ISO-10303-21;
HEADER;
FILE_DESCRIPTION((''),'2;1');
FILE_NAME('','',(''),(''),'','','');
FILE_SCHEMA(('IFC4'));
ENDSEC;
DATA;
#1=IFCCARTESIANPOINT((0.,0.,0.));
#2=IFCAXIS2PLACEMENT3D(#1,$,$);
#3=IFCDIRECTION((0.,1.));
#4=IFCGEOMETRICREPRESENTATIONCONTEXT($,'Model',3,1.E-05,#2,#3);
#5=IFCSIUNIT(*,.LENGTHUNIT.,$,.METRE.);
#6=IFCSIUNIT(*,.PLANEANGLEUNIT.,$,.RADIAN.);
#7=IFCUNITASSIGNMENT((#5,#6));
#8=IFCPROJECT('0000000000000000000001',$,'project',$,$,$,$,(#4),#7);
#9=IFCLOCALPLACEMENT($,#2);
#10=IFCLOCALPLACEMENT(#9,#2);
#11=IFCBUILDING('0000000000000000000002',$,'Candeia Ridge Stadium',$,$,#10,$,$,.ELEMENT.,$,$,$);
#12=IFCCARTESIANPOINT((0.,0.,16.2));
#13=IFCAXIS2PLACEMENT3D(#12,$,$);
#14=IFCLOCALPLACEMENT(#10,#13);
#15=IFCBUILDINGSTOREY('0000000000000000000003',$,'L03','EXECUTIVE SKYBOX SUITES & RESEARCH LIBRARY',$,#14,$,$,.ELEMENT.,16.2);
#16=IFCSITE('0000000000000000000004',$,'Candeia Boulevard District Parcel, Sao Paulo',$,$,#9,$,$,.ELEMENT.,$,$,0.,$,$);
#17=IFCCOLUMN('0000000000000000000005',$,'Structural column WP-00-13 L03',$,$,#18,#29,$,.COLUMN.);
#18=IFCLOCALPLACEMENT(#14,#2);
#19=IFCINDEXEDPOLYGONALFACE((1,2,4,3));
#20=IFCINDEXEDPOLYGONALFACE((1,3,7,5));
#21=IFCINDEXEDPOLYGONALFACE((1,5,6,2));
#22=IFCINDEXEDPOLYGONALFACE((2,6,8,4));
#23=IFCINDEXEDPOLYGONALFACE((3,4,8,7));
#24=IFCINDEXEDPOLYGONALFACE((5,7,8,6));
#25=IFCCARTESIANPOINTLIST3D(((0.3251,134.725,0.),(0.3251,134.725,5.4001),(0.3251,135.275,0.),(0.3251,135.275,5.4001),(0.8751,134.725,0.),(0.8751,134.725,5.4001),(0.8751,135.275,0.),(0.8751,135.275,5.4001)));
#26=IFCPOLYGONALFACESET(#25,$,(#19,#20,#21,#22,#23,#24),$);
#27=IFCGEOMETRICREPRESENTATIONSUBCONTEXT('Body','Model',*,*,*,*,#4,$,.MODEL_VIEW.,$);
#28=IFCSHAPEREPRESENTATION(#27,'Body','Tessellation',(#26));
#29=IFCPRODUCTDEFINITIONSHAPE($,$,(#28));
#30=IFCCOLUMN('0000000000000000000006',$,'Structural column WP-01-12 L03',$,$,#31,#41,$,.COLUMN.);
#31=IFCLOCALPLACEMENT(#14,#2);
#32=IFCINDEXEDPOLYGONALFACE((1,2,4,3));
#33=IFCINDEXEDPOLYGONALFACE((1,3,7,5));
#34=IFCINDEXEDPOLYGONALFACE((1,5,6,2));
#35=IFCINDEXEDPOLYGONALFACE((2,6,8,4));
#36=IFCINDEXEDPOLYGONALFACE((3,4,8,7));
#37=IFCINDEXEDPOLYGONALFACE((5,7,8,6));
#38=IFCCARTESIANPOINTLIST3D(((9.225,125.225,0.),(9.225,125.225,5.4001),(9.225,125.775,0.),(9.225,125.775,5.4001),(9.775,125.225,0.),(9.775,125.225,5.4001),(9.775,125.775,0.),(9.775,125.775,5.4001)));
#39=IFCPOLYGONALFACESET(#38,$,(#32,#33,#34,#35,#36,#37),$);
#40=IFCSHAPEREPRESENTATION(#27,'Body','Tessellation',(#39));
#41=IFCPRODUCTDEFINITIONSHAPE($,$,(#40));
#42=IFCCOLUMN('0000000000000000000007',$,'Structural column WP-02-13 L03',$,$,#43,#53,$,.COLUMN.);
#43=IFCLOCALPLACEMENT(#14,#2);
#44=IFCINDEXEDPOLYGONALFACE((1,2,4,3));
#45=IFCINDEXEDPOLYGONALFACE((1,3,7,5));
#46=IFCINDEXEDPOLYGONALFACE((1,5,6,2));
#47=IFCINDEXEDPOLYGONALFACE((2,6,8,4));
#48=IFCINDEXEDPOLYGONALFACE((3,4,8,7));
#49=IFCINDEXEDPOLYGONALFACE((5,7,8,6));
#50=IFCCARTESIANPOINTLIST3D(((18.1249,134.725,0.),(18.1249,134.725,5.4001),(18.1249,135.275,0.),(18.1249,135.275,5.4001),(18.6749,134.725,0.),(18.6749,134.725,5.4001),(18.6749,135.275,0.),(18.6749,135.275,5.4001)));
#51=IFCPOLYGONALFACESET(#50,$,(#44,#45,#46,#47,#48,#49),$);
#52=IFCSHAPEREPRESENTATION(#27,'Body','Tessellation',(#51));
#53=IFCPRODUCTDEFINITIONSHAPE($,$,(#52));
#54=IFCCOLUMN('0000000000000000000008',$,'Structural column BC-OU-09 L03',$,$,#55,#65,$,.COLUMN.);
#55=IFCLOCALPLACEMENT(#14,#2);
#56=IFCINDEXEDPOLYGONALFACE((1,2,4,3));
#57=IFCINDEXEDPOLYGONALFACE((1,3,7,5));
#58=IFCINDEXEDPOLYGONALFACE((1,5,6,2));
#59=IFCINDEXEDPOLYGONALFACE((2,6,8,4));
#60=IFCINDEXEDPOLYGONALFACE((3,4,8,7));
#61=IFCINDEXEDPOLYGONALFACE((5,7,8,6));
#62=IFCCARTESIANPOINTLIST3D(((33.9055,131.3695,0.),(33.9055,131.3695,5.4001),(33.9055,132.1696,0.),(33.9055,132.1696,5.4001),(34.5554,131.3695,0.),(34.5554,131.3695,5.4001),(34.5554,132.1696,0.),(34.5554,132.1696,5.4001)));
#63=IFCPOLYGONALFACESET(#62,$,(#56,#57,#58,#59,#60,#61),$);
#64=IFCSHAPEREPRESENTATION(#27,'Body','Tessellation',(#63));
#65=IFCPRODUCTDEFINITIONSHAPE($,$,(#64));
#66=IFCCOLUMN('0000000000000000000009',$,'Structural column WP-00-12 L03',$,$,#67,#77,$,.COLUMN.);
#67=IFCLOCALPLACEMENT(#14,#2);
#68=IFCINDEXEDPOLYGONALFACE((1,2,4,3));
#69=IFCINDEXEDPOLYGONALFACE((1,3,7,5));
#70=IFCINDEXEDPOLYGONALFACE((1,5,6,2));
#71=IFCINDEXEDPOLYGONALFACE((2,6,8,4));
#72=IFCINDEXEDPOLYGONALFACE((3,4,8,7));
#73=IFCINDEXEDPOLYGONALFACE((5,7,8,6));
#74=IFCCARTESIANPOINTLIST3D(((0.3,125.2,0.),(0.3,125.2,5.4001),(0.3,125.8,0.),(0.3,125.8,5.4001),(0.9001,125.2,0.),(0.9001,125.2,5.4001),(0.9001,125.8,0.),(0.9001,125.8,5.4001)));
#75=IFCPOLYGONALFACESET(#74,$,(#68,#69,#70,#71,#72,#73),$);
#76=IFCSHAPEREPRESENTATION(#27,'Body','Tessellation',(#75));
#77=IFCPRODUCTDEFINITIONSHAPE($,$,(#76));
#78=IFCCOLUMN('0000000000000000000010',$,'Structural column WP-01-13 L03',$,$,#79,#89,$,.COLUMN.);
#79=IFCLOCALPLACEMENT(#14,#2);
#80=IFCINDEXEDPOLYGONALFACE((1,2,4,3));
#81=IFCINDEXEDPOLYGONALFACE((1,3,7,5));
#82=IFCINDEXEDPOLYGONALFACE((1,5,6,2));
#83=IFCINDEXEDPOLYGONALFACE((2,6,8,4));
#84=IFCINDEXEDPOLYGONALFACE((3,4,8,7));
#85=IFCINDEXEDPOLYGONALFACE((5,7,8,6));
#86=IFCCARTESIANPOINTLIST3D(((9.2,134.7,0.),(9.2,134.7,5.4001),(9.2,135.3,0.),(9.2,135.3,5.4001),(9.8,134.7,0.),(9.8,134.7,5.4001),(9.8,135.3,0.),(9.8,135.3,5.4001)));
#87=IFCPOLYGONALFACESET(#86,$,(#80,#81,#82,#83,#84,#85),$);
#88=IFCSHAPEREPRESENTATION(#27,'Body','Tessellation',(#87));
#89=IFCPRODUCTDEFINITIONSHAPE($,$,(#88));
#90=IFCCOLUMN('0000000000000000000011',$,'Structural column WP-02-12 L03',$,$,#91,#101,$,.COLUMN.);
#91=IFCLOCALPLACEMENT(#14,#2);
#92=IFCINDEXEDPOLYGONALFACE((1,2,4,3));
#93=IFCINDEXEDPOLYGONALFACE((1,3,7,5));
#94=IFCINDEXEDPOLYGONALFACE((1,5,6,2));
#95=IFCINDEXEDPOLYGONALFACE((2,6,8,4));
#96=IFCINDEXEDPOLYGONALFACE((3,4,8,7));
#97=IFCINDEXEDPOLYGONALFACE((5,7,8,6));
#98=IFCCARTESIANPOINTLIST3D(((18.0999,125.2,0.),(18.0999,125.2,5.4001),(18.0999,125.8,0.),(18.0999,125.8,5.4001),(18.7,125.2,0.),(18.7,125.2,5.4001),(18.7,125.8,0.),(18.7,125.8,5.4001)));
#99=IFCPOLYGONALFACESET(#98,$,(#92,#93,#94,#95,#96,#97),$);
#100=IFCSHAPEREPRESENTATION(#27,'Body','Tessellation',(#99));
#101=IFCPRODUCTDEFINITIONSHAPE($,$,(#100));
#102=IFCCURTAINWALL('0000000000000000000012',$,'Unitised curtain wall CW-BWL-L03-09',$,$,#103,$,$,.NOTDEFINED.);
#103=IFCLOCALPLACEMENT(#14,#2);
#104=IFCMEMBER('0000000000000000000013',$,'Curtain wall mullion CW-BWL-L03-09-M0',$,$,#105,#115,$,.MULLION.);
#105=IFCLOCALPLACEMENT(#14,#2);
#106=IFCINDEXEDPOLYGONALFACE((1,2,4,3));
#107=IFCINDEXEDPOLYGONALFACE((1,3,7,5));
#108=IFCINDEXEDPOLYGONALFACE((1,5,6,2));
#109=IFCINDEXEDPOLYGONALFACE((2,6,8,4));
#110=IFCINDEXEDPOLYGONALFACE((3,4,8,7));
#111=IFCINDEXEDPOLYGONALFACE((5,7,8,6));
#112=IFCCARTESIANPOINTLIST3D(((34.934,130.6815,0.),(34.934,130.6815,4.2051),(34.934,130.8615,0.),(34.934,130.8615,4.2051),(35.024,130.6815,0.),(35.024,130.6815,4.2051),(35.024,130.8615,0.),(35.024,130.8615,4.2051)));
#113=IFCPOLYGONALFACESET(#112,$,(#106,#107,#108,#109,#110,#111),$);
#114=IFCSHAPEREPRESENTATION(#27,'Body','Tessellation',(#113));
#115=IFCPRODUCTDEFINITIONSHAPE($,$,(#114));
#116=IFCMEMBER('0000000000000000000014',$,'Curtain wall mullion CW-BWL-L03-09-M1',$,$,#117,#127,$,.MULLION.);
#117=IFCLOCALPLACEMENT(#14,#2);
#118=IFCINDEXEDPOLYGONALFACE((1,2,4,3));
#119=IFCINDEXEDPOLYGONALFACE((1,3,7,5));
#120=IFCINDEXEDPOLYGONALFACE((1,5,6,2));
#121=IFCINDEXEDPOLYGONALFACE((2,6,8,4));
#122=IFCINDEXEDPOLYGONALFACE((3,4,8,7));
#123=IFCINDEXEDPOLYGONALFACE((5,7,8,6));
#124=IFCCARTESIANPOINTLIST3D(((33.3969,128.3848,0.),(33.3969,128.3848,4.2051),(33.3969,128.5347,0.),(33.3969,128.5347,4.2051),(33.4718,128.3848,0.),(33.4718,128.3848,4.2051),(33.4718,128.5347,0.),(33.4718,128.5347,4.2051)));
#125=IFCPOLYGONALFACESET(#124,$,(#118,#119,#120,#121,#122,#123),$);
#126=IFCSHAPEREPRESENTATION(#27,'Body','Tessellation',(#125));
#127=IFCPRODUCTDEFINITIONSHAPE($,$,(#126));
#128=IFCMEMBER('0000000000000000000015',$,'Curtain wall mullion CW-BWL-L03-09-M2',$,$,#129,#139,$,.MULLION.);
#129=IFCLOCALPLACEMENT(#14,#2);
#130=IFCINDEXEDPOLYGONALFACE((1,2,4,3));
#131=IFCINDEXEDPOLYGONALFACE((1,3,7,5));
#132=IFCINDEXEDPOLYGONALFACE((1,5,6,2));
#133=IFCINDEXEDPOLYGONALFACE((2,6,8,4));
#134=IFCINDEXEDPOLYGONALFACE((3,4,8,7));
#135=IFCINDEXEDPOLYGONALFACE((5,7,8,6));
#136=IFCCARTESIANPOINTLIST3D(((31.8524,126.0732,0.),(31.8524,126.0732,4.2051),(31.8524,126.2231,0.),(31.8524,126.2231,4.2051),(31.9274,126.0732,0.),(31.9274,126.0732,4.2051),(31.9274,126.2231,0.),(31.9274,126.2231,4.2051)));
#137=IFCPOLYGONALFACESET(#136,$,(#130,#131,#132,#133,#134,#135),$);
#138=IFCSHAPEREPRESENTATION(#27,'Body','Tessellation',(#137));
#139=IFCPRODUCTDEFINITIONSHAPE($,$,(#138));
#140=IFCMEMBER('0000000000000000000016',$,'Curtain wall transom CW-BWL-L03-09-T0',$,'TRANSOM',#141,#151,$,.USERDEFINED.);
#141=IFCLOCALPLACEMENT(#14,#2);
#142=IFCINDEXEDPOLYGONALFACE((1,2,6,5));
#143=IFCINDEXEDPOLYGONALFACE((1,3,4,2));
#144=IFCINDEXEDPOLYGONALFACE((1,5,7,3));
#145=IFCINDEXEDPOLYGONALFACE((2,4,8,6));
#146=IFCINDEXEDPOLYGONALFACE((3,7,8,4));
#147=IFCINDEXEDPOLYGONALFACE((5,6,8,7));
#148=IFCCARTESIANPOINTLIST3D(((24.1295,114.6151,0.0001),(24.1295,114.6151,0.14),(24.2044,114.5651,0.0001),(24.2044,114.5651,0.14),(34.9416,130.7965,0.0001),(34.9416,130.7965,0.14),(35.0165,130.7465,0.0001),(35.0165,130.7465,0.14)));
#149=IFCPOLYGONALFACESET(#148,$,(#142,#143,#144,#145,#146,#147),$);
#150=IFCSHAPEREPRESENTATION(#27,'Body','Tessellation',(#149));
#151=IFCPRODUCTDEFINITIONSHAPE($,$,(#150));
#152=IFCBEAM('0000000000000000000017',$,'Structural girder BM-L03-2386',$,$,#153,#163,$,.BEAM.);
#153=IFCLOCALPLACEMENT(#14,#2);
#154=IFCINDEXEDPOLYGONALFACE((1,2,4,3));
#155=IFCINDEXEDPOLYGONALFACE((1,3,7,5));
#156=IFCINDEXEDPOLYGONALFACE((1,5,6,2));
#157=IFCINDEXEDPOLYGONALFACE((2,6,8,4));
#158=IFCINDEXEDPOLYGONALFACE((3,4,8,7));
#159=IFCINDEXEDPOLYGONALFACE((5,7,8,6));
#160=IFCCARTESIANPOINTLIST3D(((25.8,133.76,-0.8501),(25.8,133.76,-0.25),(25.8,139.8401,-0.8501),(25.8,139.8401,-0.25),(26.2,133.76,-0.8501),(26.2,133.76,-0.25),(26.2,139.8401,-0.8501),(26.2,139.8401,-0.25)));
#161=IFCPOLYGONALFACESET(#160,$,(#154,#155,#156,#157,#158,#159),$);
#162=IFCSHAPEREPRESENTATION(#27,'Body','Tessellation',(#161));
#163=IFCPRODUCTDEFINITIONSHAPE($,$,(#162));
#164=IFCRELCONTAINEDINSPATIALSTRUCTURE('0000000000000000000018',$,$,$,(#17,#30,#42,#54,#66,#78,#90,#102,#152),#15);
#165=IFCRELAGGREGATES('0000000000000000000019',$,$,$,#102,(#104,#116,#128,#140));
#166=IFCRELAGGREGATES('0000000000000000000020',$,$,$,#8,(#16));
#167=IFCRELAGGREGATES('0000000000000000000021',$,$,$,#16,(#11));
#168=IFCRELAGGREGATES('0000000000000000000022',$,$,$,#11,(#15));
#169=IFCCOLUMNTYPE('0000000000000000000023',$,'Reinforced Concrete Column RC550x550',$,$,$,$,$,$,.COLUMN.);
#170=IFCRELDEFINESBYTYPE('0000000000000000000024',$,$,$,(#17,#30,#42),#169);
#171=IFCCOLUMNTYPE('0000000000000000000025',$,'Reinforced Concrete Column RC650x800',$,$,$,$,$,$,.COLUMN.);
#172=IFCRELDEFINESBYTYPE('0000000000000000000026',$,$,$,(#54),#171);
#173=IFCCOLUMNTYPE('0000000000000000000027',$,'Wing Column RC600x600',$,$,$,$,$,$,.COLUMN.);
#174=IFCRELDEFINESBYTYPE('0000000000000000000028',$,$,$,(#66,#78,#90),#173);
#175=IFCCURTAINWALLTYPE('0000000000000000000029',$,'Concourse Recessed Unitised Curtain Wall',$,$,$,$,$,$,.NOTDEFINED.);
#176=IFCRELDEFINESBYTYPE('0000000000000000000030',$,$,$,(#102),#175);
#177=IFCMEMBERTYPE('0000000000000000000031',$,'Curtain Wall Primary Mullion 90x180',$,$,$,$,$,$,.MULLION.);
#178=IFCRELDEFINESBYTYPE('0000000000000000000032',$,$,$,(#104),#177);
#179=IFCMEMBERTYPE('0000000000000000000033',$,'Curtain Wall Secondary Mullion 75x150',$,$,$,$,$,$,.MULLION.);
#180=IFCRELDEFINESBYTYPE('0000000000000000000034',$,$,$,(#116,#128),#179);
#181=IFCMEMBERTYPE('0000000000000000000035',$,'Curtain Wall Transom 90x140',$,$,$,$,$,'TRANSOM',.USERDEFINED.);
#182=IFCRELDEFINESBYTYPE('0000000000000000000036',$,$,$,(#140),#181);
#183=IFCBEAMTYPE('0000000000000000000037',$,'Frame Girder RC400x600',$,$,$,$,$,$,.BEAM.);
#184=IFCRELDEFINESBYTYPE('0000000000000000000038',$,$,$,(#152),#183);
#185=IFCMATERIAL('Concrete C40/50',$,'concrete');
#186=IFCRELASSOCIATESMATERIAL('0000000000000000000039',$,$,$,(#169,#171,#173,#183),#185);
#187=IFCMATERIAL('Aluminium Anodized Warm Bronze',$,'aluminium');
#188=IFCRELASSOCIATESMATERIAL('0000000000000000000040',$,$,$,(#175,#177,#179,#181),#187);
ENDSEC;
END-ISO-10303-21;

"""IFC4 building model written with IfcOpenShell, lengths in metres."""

from ifc_helpers import new_model, si_unit, direction, frame, origin, origin_2d, place, context, subcontext, project, spatial, rectangle, extrude, material, material_profile, profile_set, type_object, element, aggregate, save


model = new_model("IFC4")

# Units and contexts
model_context = context("Model", 3, precision=1e-05, world=origin(), true_north=direction((0.0, 1.0)))
body_context = subcontext(model_context, "Body", "Model", "MODEL_VIEW")
ifc_project = project(units=[si_unit("LENGTHUNIT", "METRE"), si_unit("PLANEANGLEUNIT", "RADIAN")], contexts=[model_context])

# Site, building, storey
site_placement = place(None, origin())
site = spatial("IfcSite", under=ifc_project, at=site_placement, Name="Candeia Boulevard District Parcel, Sao Paulo", CompositionType="ELEMENT", RefElevation=0.0)
building_placement = place(site_placement, origin())
building = spatial("IfcBuilding", under=site, at=building_placement, Name="Candeia Ridge Stadium", CompositionType="ELEMENT")
storey_placement = place(building_placement, frame((0.0, 0.0, 16.2)))
storey = spatial("IfcBuildingStorey", under=building, at=storey_placement, Name="L03", Description="EXECUTIVE SKYBOX SUITES & RESEARCH LIBRARY", CompositionType="ELEMENT", Elevation=16.2)

# Columns
ifc_material_1 = material(Name="Concrete C40/50", Category="concrete")
ifc_material_profile_1 = material_profile(ifc_material_1, rectangle(XDim=0.55, YDim=0.55, at=origin_2d()), Name="RC550x550", Category="concrete")
ifc_profile_set_1 = profile_set([ifc_material_profile_1], Name="Concrete C40/50")
column_type_1 = type_object("IfcColumnType", Name="Reinforced Concrete Column RC550x550", PredefinedType="COLUMN", material=ifc_profile_set_1)
for number, where, z_axis, x_axis, name in (
    (1, (0.6001, 135.0, 0.0), (0.0, 0.0, 1.0), (1.0, 0.0, 0.0), "Structural column WP-00-13 L03"),
    (2, (9.5, 125.5, 0.0), (0.0, 0.0, 1.0), (1.0, 0.0, 0.0), "Structural column WP-01-12 L03"),
    (3, (18.3999, 135.0, 0.0), (0.0, 0.0, 1.0), (1.0, 0.0, 0.0), "Structural column WP-02-13 L03"),
):
    element("IfcColumn", number, at=place(storey_placement, frame(where, z_axis=z_axis, x_axis=x_axis)), inside=storey, type_object=column_type_1, Name=name, PredefinedType="COLUMN", context=body_context, shape_type="SweptSolid", body=[
        extrude(rectangle(XDim=0.55, YDim=0.55, at=origin_2d()), origin(), (0.0, 0.0, 1.0), 5.4001),
    ])
ifc_material_profile_2 = material_profile(ifc_material_1, rectangle(XDim=0.6499, YDim=0.8, at=origin_2d()), Name="RC650x800", Category="concrete")
ifc_profile_set_2 = profile_set([ifc_material_profile_2], Name="Concrete C40/50")
column_type_2 = type_object("IfcColumnType", Name="Reinforced Concrete Column RC650x800", PredefinedType="COLUMN", material=ifc_profile_set_2)
column_placement = place(storey_placement, frame((34.2305, 131.7695, 0.0), z_axis=(0.0, 0.0, 1.0), x_axis=(1.0, 0.0, 0.0)))
element("IfcColumn", 4, at=column_placement, inside=storey, type_object=column_type_2, Name="Structural column BC-OU-09 L03", PredefinedType="COLUMN", context=body_context, shape_type="SweptSolid", body=[
    extrude(rectangle(XDim=0.6499, YDim=0.8, at=origin_2d()), origin(), (0.0, 0.0, 1.0), 5.4001),
])
ifc_material_profile_3 = material_profile(ifc_material_1, rectangle(XDim=0.6001, YDim=0.6001, at=origin_2d()), Name="RC600x600", Category="concrete")
ifc_profile_set_3 = profile_set([ifc_material_profile_3], Name="Concrete C40/50")
column_type_3 = type_object("IfcColumnType", Name="Wing Column RC600x600", PredefinedType="COLUMN", material=ifc_profile_set_3)
for number, where, z_axis, x_axis, name in (
    (5, (0.6001, 125.5, 0.0), (0.0, 0.0, 1.0), (1.0, 0.0, 0.0), "Structural column WP-00-12 L03"),
    (6, (9.5, 135.0, 0.0), (0.0, 0.0, 1.0), (1.0, 0.0, 0.0), "Structural column WP-01-13 L03"),
    (7, (18.3999, 125.5, 0.0), (0.0, 0.0, 1.0), (1.0, 0.0, 0.0), "Structural column WP-02-12 L03"),
):
    element("IfcColumn", number, at=place(storey_placement, frame(where, z_axis=z_axis, x_axis=x_axis)), inside=storey, type_object=column_type_3, Name=name, PredefinedType="COLUMN", context=body_context, shape_type="SweptSolid", body=[
        extrude(rectangle(XDim=0.6001, YDim=0.6001, at=origin_2d()), origin(), (0.0, 0.0, 1.0), 5.4001),
    ])

# Curtain wall, members
ifc_material_2 = material(Name="Aluminium Anodized Warm Bronze", Category="aluminium")
curtain_wall_type = type_object("IfcCurtainWallType", Name="Concourse Recessed Unitised Curtain Wall", PredefinedType="NOTDEFINED", material=ifc_material_2)
curtain_wall_placement = place(storey_placement, origin())
curtain_wall = element("IfcCurtainWall", 8, at=curtain_wall_placement, inside=storey, type_object=curtain_wall_type, Name="Unitised curtain wall CW-BWL-L03-09", PredefinedType="NOTDEFINED")
ifc_material_profile_4 = material_profile(ifc_material_2, rectangle(XDim=0.0901, YDim=0.1799, at=origin_2d()), Name="CWM-90x180", Category="aluminium")
ifc_profile_set_4 = profile_set([ifc_material_profile_4], Name="Aluminium Anodized Warm Bronze")
member_type_1 = type_object("IfcMemberType", Name="Curtain Wall Primary Mullion 90x180", PredefinedType="MULLION", material=ifc_profile_set_4)
member_1_placement = place(storey_placement, frame((34.979, 130.7715, 0.0), z_axis=(0.0, 0.0, 1.0), x_axis=(1.0, 0.0, 0.0)))
member_1 = element("IfcMember", 9, at=member_1_placement, type_object=member_type_1, Name="Curtain wall mullion CW-BWL-L03-09-M0", PredefinedType="MULLION", context=body_context, shape_type="SweptSolid", body=[
    extrude(rectangle(XDim=0.0901, YDim=0.1799, at=origin_2d()), origin(), (0.0, 0.0, 1.0), 4.2051),
])
ifc_material_profile_5 = material_profile(ifc_material_2, rectangle(XDim=0.075, YDim=0.1499, at=origin_2d()), Name="CWM-75x150", Category="aluminium")
ifc_profile_set_5 = profile_set([ifc_material_profile_5], Name="Aluminium Anodized Warm Bronze")
member_type_2 = type_object("IfcMemberType", Name="Curtain Wall Secondary Mullion 75x150", PredefinedType="MULLION", material=ifc_profile_set_5)
member_2_placement = place(storey_placement, frame((33.4343, 128.4597, 0.0), z_axis=(0.0, 0.0, 1.0), x_axis=(1.0, 0.0, 0.0)))
member_2 = element("IfcMember", 10, at=member_2_placement, type_object=member_type_2, Name="Curtain wall mullion CW-BWL-L03-09-M1", PredefinedType="MULLION", context=body_context, shape_type="SweptSolid", body=[
    extrude(rectangle(XDim=0.075, YDim=0.1499, at=origin_2d()), origin(), (0.0, 0.0, 1.0), 4.2051),
])
member_3_placement = place(storey_placement, frame((31.8899, 126.1482, 0.0), z_axis=(0.0, 0.0, 1.0), x_axis=(1.0, 0.0, 0.0)))
member_3 = element("IfcMember", 11, at=member_3_placement, type_object=member_type_2, Name="Curtain wall mullion CW-BWL-L03-09-M2", PredefinedType="MULLION", context=body_context, shape_type="SweptSolid", body=[
    extrude(rectangle(XDim=0.075, YDim=0.1499, at=origin_2d()), origin(), (0.0, 0.0, 1.0), 4.2051),
])
ifc_material_profile_6 = material_profile(ifc_material_2, rectangle(XDim=0.0901, YDim=0.1399, at=origin_2d()), Name="CWT-90x140", Category="aluminium")
ifc_profile_set_6 = profile_set([ifc_material_profile_6], Name="Aluminium Anodized Warm Bronze")
member_type_3 = type_object("IfcMemberType", Name="Curtain Wall Transom 90x140", ElementType="TRANSOM", PredefinedType="USERDEFINED", material=ifc_profile_set_6)
member_4_placement = place(storey_placement, frame((34.979, 130.7715, 0.0701), z_axis=(-0.555568, -0.831471, 0.0), x_axis=(0.831471, -0.555568, 0.0)))
member_4 = element("IfcMember", 12, at=member_4_placement, type_object=member_type_3, Name="Curtain wall transom CW-BWL-L03-09-T0", ObjectType="TRANSOM", PredefinedType="USERDEFINED", context=body_context, shape_type="SweptSolid", body=[
    extrude(rectangle(XDim=0.0901, YDim=0.1399, at=origin_2d()), origin(), (0.0, 0.0, 1.0), 19.4612),
])

# Beam
ifc_material_profile_7 = material_profile(ifc_material_1, rectangle(XDim=0.3999, YDim=0.6001, at=origin_2d()), Name="RC400x600", Category="concrete")
ifc_profile_set_7 = profile_set([ifc_material_profile_7], Name="Concrete C40/50")
beam_type_1 = type_object("IfcBeamType", Name="Frame Girder RC400x600", PredefinedType="BEAM", material=ifc_profile_set_7)
beam_1_placement = place(storey_placement, frame((26.0, 133.76, -0.55), z_axis=(0.0, 1.0, 0.0), x_axis=(-1.0, 0.0, 0.0)))
element("IfcBeam", 13, at=beam_1_placement, inside=storey, type_object=beam_type_1, Name="Structural girder BM-L03-2386", PredefinedType="BEAM", context=body_context, shape_type="SweptSolid", body=[
    extrude(rectangle(XDim=0.3999, YDim=0.6001, at=origin_2d()), origin(), (0.0, 0.0, 1.0), 6.0801),
])

aggregate(curtain_wall, [member_1, member_2, member_3, member_4])

save(model, "model.ifc")
